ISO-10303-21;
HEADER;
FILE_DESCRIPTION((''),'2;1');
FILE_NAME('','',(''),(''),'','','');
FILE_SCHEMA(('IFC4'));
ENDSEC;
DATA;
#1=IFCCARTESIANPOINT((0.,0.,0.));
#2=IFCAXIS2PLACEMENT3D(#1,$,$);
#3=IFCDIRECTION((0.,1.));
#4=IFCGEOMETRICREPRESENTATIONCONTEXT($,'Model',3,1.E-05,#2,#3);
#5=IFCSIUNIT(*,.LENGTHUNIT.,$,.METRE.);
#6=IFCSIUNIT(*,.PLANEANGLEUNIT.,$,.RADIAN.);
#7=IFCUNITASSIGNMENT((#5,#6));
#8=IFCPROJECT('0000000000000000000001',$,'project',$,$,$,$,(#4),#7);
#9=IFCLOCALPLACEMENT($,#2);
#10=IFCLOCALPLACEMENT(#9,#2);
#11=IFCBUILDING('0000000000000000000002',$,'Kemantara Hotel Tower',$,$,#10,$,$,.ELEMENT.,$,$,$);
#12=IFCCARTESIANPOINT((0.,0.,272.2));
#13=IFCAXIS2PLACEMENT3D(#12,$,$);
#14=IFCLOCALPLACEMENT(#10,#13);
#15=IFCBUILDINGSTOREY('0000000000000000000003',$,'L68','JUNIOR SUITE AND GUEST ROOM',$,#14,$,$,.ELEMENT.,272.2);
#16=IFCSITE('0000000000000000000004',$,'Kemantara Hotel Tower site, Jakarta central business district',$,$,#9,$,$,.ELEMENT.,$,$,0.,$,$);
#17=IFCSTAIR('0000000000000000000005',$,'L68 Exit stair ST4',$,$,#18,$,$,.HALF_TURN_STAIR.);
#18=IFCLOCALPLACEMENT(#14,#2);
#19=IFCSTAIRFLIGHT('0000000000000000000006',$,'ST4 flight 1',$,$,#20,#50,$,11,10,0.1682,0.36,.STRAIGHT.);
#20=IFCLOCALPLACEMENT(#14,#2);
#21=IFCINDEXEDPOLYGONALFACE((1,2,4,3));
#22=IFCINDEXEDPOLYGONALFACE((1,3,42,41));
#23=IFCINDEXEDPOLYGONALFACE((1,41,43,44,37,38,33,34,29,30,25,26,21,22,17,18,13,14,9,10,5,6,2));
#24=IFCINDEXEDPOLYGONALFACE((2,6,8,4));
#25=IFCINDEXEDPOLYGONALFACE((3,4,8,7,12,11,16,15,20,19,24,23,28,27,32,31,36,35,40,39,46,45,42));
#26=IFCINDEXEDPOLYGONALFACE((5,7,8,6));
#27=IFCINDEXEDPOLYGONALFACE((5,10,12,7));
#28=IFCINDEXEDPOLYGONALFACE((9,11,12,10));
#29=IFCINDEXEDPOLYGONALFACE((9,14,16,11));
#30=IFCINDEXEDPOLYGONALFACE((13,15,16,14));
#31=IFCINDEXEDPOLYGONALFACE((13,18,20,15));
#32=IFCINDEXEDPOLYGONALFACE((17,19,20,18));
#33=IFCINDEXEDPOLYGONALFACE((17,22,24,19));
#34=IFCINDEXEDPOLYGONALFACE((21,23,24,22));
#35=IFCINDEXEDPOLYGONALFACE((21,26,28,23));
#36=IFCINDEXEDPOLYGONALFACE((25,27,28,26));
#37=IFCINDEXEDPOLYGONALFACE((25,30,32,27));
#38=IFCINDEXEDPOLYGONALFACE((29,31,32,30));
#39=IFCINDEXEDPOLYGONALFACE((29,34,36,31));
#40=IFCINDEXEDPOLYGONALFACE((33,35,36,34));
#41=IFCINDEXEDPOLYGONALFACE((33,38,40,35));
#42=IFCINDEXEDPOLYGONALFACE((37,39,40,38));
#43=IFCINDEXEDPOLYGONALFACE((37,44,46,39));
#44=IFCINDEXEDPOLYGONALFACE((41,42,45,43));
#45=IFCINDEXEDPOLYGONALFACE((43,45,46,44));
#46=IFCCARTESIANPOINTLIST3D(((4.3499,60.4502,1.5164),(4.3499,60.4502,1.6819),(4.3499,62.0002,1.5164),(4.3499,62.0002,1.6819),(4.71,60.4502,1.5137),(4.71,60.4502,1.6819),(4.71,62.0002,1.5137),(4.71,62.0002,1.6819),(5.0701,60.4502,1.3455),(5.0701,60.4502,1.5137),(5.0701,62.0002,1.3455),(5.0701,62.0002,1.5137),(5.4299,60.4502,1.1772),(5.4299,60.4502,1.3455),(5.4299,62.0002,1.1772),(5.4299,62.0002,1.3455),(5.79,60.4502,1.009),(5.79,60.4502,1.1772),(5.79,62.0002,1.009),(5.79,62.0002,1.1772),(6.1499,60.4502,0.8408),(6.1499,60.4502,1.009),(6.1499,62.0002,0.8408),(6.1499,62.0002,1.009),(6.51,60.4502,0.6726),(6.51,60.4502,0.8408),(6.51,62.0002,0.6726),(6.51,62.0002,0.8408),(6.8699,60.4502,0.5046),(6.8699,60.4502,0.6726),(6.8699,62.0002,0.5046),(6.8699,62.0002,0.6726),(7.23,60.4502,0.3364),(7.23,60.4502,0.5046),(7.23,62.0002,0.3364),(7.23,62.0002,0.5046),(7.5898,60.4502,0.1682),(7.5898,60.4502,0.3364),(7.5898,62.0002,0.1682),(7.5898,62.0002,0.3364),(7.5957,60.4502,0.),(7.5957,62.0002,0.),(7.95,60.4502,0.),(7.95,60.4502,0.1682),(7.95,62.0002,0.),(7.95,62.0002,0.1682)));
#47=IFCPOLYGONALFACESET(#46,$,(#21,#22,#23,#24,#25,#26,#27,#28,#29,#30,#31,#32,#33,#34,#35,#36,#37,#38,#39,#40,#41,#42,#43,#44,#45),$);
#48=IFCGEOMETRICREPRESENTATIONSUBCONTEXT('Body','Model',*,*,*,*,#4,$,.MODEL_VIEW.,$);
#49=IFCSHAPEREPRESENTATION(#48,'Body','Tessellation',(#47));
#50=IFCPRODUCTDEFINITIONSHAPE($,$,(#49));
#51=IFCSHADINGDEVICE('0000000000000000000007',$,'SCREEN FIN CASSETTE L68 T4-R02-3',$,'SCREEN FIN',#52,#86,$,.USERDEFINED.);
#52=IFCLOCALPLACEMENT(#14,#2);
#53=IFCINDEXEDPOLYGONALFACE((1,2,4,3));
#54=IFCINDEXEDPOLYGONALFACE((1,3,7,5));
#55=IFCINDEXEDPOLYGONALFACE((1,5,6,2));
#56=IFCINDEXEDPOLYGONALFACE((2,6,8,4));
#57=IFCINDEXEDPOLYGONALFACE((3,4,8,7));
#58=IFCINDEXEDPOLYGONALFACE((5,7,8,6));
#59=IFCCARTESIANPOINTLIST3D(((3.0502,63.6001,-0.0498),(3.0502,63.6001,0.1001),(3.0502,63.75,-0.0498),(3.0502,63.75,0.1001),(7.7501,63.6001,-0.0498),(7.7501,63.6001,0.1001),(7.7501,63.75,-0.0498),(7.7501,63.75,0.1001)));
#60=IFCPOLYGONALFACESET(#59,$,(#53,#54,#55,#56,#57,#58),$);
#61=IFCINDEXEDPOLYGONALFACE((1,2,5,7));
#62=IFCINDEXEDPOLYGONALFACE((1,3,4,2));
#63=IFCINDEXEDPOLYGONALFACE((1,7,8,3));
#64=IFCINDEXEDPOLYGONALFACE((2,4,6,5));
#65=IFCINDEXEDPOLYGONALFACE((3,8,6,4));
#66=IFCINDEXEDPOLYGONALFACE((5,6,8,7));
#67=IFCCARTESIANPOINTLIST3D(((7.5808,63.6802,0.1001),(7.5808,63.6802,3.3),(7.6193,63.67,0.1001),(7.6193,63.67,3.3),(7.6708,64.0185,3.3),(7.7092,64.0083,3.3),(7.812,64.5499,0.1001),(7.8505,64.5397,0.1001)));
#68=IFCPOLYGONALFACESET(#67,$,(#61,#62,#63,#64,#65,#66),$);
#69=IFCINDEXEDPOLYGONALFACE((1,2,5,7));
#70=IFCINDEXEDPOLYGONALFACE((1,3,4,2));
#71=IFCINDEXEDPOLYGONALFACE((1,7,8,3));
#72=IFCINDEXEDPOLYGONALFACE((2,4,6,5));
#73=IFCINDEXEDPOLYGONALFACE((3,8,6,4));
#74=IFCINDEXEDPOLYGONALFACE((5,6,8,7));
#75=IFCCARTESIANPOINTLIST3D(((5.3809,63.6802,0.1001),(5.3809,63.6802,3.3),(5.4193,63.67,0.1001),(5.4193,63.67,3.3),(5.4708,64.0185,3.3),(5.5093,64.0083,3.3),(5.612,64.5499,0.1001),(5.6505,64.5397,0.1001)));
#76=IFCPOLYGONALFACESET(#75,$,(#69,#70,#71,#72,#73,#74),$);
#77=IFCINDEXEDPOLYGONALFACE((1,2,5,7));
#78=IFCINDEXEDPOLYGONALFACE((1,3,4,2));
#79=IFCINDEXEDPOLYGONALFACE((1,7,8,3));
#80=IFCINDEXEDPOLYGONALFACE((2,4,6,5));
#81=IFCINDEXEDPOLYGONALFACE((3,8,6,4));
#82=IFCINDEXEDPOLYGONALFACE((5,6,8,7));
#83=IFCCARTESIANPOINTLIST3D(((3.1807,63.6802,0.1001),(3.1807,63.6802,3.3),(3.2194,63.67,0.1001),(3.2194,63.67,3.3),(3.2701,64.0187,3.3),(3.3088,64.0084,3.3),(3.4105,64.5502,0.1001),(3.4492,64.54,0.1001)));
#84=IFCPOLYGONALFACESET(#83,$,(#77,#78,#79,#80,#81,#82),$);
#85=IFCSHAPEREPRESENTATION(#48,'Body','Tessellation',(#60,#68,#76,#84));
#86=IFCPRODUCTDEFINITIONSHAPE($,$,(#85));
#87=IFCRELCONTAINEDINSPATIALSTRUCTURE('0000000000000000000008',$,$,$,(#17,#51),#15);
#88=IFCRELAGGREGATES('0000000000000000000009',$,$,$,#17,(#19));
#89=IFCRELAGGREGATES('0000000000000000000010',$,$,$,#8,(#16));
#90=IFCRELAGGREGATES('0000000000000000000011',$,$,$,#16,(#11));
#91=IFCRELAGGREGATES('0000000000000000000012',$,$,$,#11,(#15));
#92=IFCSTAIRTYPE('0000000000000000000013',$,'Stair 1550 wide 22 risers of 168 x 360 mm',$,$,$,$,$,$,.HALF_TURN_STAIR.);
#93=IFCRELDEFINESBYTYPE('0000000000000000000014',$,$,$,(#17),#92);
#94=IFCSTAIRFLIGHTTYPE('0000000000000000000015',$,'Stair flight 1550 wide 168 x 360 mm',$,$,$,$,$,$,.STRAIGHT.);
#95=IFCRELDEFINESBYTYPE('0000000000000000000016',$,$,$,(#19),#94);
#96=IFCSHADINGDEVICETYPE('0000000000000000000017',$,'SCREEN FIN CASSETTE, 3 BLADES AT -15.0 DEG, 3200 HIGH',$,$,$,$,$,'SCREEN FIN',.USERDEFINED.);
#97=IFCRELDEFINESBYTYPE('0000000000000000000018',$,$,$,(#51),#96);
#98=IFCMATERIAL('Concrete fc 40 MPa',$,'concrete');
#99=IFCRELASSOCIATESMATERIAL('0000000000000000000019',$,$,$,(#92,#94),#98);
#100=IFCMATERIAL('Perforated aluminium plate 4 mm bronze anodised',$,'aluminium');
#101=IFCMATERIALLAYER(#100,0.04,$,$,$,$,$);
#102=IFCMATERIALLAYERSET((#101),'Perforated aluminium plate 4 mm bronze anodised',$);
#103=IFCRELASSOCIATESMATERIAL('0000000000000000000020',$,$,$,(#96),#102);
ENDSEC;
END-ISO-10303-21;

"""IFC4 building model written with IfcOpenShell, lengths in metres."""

from ifc_helpers import new_model, si_unit, direction, frame, origin, origin_2d, place, context, subcontext, project, spatial, polyline, rectangle, outline, extrude, source, transform, mapped, material, layer, layer_set, type_object, element, aggregate, save


model = new_model("IFC4")

# Units and contexts
model_context = context("Model", 3, precision=1e-05, world=origin(), true_north=direction((0.0, 1.0)))
body_context = subcontext(model_context, "Body", "Model", "MODEL_VIEW")
ifc_project = project(units=[si_unit("LENGTHUNIT", "METRE"), si_unit("PLANEANGLEUNIT", "RADIAN")], contexts=[model_context])

# Site, building, storey
site_placement = place(None, origin())
site = spatial("IfcSite", under=ifc_project, at=site_placement, Name="Kemantara Hotel Tower site, Jakarta central business district", CompositionType="ELEMENT", RefElevation=0.0)
building_placement = place(site_placement, origin())
building = spatial("IfcBuilding", under=site, at=building_placement, Name="Kemantara Hotel Tower", CompositionType="ELEMENT")
storey_placement = place(building_placement, frame((0.0, 0.0, 272.2)))
storey = spatial("IfcBuildingStorey", under=building, at=storey_placement, Name="L68", Description="JUNIOR SUITE AND GUEST ROOM", CompositionType="ELEMENT", Elevation=272.2)

# Shared definitions
ifc_material_1 = material(Name="Concrete fc 40 MPa", Category="concrete")

# Stair, stair flight
stair_type = type_object("IfcStairType", Name="Stair 1550 wide 22 risers of 168 x 360 mm", PredefinedType="HALF_TURN_STAIR", material=ifc_material_1)
stair_placement = place(storey_placement, origin())
stair = element("IfcStair", 1, at=stair_placement, inside=storey, type_object=stair_type, Name="L68 Exit stair ST4", PredefinedType="HALF_TURN_STAIR")
stair_flight_type = type_object("IfcStairFlightType", Name="Stair flight 1550 wide 168 x 360 mm", PredefinedType="STRAIGHT", material=ifc_material_1)
stair_flight_placement = place(storey_placement, frame((7.95, 61.2251, 0.0), z_axis=(0.0, 0.0, 1.0), x_axis=(-1.0, 0.0, 0.0)))
stair_flight = element("IfcStairFlight", 2, at=stair_flight_placement, type_object=stair_flight_type, Name="ST4 flight 1", NumberOfRisers=11, NumberOfTreads=10, PredefinedType="STRAIGHT", RiserHeight=0.1682, TreadLength=0.36, context=body_context, shape_type="SweptSolid", body=[
    extrude(outline(polyline([(0.0, 0.0), (0.0, 0.1682), (0.3601, 0.1682), (0.3601, 0.3364), (0.72, 0.3364), (0.72, 0.5046), (1.0801, 0.5046), (1.0801, 0.6726), (1.4399, 0.6726), (1.4399, 0.8408), (1.8, 0.8408), (1.8, 1.009), (2.1599, 1.009), (2.1599, 1.1772), (2.52, 1.1772), (2.52, 1.3455), (2.8799, 1.3455), (2.8799, 1.5137), (3.24, 1.5137), (3.24, 1.6819), (3.6001, 1.6819), (3.6001, 1.8501), (3.6001, 1.5164), (0.3542, 0.0), (0.0, 0.0)])), frame((0.0, 0.7749, 0.0), z_axis=(0.0, -1.0, 0.0), x_axis=(1.0, 0.0, 0.0)), (0.0, 0.0, 1.0), 1.55),
])
aggregate(stair, [stair_flight])

# Shading device
ifc_material_2 = material(Name="Perforated aluminium plate 4 mm bronze anodised", Category="aluminium")
ifc_layer_1 = layer(ifc_material_2, 0.04)
ifc_layer_set_1 = layer_set([ifc_layer_1], Name="Perforated aluminium plate 4 mm bronze anodised")
shading_device_type = type_object("IfcShadingDeviceType", Name="SCREEN FIN CASSETTE, 3 BLADES AT -15.0 DEG, 3200 HIGH", ElementType="SCREEN FIN", PredefinedType="USERDEFINED", material=ifc_layer_set_1)
shared_shape_1 = source(origin(), body_context, "Body", "SweptSolid", [
    extrude(rectangle(XDim=4.7, YDim=0.1499, at=origin_2d()), frame((2.2, -0.075, -0.1499), z_axis=(0.0, 0.0, 1.0), x_axis=(1.0, 0.0, 0.0)), (0.0, 0.0, 1.0), 0.1499),
    extrude(outline(polyline([(0.0, 0.0), (0.8999, 0.0), (0.3501, 3.2), (0.0, 3.2), (0.0, 0.0)])), frame((0.0193, -0.0801, 0.0), z_axis=(-0.966438, 0.256901, 0.0), x_axis=(-0.256901, -0.966438, 0.0)), (0.0, 0.0, 1.0), 0.0398),
    extrude(outline(polyline([(0.0, 0.0), (0.8999, 0.0), (0.3501, 3.2), (0.0, 3.2), (0.0, 0.0)])), frame((2.2192, -0.0801, 0.0), z_axis=(-0.966438, 0.256901, 0.0), x_axis=(-0.256901, -0.966438, 0.0)), (0.0, 0.0, 1.0), 0.0398),
    extrude(outline(polyline([(0.0, 0.0), (0.8999, 0.0), (0.3501, 3.2), (0.0, 3.2), (0.0, 0.0)])), frame((4.4194, -0.0801, 0.0), z_axis=(-0.966838, 0.255391, 0.0), x_axis=(-0.255391, -0.966838, 0.0)), (0.0, 0.0, 1.0), 0.04),
])
shading_device_placement = place(storey_placement, frame((7.6001, 63.6001, 0.1001), z_axis=(0.0, 0.0, 1.0), x_axis=(-1.0, 0.0, 0.0)))
element("IfcShadingDevice", 3, at=shading_device_placement, inside=storey, type_object=shading_device_type, Name="SCREEN FIN CASSETTE L68 T4-R02-3", ObjectType="SCREEN FIN", PredefinedType="USERDEFINED", context=body_context, shape_type="MappedRepresentation", body=[
    mapped(shared_shape_1, transform((0.0, 0.0, 0.0))),
])

save(model, "model.ifc")
